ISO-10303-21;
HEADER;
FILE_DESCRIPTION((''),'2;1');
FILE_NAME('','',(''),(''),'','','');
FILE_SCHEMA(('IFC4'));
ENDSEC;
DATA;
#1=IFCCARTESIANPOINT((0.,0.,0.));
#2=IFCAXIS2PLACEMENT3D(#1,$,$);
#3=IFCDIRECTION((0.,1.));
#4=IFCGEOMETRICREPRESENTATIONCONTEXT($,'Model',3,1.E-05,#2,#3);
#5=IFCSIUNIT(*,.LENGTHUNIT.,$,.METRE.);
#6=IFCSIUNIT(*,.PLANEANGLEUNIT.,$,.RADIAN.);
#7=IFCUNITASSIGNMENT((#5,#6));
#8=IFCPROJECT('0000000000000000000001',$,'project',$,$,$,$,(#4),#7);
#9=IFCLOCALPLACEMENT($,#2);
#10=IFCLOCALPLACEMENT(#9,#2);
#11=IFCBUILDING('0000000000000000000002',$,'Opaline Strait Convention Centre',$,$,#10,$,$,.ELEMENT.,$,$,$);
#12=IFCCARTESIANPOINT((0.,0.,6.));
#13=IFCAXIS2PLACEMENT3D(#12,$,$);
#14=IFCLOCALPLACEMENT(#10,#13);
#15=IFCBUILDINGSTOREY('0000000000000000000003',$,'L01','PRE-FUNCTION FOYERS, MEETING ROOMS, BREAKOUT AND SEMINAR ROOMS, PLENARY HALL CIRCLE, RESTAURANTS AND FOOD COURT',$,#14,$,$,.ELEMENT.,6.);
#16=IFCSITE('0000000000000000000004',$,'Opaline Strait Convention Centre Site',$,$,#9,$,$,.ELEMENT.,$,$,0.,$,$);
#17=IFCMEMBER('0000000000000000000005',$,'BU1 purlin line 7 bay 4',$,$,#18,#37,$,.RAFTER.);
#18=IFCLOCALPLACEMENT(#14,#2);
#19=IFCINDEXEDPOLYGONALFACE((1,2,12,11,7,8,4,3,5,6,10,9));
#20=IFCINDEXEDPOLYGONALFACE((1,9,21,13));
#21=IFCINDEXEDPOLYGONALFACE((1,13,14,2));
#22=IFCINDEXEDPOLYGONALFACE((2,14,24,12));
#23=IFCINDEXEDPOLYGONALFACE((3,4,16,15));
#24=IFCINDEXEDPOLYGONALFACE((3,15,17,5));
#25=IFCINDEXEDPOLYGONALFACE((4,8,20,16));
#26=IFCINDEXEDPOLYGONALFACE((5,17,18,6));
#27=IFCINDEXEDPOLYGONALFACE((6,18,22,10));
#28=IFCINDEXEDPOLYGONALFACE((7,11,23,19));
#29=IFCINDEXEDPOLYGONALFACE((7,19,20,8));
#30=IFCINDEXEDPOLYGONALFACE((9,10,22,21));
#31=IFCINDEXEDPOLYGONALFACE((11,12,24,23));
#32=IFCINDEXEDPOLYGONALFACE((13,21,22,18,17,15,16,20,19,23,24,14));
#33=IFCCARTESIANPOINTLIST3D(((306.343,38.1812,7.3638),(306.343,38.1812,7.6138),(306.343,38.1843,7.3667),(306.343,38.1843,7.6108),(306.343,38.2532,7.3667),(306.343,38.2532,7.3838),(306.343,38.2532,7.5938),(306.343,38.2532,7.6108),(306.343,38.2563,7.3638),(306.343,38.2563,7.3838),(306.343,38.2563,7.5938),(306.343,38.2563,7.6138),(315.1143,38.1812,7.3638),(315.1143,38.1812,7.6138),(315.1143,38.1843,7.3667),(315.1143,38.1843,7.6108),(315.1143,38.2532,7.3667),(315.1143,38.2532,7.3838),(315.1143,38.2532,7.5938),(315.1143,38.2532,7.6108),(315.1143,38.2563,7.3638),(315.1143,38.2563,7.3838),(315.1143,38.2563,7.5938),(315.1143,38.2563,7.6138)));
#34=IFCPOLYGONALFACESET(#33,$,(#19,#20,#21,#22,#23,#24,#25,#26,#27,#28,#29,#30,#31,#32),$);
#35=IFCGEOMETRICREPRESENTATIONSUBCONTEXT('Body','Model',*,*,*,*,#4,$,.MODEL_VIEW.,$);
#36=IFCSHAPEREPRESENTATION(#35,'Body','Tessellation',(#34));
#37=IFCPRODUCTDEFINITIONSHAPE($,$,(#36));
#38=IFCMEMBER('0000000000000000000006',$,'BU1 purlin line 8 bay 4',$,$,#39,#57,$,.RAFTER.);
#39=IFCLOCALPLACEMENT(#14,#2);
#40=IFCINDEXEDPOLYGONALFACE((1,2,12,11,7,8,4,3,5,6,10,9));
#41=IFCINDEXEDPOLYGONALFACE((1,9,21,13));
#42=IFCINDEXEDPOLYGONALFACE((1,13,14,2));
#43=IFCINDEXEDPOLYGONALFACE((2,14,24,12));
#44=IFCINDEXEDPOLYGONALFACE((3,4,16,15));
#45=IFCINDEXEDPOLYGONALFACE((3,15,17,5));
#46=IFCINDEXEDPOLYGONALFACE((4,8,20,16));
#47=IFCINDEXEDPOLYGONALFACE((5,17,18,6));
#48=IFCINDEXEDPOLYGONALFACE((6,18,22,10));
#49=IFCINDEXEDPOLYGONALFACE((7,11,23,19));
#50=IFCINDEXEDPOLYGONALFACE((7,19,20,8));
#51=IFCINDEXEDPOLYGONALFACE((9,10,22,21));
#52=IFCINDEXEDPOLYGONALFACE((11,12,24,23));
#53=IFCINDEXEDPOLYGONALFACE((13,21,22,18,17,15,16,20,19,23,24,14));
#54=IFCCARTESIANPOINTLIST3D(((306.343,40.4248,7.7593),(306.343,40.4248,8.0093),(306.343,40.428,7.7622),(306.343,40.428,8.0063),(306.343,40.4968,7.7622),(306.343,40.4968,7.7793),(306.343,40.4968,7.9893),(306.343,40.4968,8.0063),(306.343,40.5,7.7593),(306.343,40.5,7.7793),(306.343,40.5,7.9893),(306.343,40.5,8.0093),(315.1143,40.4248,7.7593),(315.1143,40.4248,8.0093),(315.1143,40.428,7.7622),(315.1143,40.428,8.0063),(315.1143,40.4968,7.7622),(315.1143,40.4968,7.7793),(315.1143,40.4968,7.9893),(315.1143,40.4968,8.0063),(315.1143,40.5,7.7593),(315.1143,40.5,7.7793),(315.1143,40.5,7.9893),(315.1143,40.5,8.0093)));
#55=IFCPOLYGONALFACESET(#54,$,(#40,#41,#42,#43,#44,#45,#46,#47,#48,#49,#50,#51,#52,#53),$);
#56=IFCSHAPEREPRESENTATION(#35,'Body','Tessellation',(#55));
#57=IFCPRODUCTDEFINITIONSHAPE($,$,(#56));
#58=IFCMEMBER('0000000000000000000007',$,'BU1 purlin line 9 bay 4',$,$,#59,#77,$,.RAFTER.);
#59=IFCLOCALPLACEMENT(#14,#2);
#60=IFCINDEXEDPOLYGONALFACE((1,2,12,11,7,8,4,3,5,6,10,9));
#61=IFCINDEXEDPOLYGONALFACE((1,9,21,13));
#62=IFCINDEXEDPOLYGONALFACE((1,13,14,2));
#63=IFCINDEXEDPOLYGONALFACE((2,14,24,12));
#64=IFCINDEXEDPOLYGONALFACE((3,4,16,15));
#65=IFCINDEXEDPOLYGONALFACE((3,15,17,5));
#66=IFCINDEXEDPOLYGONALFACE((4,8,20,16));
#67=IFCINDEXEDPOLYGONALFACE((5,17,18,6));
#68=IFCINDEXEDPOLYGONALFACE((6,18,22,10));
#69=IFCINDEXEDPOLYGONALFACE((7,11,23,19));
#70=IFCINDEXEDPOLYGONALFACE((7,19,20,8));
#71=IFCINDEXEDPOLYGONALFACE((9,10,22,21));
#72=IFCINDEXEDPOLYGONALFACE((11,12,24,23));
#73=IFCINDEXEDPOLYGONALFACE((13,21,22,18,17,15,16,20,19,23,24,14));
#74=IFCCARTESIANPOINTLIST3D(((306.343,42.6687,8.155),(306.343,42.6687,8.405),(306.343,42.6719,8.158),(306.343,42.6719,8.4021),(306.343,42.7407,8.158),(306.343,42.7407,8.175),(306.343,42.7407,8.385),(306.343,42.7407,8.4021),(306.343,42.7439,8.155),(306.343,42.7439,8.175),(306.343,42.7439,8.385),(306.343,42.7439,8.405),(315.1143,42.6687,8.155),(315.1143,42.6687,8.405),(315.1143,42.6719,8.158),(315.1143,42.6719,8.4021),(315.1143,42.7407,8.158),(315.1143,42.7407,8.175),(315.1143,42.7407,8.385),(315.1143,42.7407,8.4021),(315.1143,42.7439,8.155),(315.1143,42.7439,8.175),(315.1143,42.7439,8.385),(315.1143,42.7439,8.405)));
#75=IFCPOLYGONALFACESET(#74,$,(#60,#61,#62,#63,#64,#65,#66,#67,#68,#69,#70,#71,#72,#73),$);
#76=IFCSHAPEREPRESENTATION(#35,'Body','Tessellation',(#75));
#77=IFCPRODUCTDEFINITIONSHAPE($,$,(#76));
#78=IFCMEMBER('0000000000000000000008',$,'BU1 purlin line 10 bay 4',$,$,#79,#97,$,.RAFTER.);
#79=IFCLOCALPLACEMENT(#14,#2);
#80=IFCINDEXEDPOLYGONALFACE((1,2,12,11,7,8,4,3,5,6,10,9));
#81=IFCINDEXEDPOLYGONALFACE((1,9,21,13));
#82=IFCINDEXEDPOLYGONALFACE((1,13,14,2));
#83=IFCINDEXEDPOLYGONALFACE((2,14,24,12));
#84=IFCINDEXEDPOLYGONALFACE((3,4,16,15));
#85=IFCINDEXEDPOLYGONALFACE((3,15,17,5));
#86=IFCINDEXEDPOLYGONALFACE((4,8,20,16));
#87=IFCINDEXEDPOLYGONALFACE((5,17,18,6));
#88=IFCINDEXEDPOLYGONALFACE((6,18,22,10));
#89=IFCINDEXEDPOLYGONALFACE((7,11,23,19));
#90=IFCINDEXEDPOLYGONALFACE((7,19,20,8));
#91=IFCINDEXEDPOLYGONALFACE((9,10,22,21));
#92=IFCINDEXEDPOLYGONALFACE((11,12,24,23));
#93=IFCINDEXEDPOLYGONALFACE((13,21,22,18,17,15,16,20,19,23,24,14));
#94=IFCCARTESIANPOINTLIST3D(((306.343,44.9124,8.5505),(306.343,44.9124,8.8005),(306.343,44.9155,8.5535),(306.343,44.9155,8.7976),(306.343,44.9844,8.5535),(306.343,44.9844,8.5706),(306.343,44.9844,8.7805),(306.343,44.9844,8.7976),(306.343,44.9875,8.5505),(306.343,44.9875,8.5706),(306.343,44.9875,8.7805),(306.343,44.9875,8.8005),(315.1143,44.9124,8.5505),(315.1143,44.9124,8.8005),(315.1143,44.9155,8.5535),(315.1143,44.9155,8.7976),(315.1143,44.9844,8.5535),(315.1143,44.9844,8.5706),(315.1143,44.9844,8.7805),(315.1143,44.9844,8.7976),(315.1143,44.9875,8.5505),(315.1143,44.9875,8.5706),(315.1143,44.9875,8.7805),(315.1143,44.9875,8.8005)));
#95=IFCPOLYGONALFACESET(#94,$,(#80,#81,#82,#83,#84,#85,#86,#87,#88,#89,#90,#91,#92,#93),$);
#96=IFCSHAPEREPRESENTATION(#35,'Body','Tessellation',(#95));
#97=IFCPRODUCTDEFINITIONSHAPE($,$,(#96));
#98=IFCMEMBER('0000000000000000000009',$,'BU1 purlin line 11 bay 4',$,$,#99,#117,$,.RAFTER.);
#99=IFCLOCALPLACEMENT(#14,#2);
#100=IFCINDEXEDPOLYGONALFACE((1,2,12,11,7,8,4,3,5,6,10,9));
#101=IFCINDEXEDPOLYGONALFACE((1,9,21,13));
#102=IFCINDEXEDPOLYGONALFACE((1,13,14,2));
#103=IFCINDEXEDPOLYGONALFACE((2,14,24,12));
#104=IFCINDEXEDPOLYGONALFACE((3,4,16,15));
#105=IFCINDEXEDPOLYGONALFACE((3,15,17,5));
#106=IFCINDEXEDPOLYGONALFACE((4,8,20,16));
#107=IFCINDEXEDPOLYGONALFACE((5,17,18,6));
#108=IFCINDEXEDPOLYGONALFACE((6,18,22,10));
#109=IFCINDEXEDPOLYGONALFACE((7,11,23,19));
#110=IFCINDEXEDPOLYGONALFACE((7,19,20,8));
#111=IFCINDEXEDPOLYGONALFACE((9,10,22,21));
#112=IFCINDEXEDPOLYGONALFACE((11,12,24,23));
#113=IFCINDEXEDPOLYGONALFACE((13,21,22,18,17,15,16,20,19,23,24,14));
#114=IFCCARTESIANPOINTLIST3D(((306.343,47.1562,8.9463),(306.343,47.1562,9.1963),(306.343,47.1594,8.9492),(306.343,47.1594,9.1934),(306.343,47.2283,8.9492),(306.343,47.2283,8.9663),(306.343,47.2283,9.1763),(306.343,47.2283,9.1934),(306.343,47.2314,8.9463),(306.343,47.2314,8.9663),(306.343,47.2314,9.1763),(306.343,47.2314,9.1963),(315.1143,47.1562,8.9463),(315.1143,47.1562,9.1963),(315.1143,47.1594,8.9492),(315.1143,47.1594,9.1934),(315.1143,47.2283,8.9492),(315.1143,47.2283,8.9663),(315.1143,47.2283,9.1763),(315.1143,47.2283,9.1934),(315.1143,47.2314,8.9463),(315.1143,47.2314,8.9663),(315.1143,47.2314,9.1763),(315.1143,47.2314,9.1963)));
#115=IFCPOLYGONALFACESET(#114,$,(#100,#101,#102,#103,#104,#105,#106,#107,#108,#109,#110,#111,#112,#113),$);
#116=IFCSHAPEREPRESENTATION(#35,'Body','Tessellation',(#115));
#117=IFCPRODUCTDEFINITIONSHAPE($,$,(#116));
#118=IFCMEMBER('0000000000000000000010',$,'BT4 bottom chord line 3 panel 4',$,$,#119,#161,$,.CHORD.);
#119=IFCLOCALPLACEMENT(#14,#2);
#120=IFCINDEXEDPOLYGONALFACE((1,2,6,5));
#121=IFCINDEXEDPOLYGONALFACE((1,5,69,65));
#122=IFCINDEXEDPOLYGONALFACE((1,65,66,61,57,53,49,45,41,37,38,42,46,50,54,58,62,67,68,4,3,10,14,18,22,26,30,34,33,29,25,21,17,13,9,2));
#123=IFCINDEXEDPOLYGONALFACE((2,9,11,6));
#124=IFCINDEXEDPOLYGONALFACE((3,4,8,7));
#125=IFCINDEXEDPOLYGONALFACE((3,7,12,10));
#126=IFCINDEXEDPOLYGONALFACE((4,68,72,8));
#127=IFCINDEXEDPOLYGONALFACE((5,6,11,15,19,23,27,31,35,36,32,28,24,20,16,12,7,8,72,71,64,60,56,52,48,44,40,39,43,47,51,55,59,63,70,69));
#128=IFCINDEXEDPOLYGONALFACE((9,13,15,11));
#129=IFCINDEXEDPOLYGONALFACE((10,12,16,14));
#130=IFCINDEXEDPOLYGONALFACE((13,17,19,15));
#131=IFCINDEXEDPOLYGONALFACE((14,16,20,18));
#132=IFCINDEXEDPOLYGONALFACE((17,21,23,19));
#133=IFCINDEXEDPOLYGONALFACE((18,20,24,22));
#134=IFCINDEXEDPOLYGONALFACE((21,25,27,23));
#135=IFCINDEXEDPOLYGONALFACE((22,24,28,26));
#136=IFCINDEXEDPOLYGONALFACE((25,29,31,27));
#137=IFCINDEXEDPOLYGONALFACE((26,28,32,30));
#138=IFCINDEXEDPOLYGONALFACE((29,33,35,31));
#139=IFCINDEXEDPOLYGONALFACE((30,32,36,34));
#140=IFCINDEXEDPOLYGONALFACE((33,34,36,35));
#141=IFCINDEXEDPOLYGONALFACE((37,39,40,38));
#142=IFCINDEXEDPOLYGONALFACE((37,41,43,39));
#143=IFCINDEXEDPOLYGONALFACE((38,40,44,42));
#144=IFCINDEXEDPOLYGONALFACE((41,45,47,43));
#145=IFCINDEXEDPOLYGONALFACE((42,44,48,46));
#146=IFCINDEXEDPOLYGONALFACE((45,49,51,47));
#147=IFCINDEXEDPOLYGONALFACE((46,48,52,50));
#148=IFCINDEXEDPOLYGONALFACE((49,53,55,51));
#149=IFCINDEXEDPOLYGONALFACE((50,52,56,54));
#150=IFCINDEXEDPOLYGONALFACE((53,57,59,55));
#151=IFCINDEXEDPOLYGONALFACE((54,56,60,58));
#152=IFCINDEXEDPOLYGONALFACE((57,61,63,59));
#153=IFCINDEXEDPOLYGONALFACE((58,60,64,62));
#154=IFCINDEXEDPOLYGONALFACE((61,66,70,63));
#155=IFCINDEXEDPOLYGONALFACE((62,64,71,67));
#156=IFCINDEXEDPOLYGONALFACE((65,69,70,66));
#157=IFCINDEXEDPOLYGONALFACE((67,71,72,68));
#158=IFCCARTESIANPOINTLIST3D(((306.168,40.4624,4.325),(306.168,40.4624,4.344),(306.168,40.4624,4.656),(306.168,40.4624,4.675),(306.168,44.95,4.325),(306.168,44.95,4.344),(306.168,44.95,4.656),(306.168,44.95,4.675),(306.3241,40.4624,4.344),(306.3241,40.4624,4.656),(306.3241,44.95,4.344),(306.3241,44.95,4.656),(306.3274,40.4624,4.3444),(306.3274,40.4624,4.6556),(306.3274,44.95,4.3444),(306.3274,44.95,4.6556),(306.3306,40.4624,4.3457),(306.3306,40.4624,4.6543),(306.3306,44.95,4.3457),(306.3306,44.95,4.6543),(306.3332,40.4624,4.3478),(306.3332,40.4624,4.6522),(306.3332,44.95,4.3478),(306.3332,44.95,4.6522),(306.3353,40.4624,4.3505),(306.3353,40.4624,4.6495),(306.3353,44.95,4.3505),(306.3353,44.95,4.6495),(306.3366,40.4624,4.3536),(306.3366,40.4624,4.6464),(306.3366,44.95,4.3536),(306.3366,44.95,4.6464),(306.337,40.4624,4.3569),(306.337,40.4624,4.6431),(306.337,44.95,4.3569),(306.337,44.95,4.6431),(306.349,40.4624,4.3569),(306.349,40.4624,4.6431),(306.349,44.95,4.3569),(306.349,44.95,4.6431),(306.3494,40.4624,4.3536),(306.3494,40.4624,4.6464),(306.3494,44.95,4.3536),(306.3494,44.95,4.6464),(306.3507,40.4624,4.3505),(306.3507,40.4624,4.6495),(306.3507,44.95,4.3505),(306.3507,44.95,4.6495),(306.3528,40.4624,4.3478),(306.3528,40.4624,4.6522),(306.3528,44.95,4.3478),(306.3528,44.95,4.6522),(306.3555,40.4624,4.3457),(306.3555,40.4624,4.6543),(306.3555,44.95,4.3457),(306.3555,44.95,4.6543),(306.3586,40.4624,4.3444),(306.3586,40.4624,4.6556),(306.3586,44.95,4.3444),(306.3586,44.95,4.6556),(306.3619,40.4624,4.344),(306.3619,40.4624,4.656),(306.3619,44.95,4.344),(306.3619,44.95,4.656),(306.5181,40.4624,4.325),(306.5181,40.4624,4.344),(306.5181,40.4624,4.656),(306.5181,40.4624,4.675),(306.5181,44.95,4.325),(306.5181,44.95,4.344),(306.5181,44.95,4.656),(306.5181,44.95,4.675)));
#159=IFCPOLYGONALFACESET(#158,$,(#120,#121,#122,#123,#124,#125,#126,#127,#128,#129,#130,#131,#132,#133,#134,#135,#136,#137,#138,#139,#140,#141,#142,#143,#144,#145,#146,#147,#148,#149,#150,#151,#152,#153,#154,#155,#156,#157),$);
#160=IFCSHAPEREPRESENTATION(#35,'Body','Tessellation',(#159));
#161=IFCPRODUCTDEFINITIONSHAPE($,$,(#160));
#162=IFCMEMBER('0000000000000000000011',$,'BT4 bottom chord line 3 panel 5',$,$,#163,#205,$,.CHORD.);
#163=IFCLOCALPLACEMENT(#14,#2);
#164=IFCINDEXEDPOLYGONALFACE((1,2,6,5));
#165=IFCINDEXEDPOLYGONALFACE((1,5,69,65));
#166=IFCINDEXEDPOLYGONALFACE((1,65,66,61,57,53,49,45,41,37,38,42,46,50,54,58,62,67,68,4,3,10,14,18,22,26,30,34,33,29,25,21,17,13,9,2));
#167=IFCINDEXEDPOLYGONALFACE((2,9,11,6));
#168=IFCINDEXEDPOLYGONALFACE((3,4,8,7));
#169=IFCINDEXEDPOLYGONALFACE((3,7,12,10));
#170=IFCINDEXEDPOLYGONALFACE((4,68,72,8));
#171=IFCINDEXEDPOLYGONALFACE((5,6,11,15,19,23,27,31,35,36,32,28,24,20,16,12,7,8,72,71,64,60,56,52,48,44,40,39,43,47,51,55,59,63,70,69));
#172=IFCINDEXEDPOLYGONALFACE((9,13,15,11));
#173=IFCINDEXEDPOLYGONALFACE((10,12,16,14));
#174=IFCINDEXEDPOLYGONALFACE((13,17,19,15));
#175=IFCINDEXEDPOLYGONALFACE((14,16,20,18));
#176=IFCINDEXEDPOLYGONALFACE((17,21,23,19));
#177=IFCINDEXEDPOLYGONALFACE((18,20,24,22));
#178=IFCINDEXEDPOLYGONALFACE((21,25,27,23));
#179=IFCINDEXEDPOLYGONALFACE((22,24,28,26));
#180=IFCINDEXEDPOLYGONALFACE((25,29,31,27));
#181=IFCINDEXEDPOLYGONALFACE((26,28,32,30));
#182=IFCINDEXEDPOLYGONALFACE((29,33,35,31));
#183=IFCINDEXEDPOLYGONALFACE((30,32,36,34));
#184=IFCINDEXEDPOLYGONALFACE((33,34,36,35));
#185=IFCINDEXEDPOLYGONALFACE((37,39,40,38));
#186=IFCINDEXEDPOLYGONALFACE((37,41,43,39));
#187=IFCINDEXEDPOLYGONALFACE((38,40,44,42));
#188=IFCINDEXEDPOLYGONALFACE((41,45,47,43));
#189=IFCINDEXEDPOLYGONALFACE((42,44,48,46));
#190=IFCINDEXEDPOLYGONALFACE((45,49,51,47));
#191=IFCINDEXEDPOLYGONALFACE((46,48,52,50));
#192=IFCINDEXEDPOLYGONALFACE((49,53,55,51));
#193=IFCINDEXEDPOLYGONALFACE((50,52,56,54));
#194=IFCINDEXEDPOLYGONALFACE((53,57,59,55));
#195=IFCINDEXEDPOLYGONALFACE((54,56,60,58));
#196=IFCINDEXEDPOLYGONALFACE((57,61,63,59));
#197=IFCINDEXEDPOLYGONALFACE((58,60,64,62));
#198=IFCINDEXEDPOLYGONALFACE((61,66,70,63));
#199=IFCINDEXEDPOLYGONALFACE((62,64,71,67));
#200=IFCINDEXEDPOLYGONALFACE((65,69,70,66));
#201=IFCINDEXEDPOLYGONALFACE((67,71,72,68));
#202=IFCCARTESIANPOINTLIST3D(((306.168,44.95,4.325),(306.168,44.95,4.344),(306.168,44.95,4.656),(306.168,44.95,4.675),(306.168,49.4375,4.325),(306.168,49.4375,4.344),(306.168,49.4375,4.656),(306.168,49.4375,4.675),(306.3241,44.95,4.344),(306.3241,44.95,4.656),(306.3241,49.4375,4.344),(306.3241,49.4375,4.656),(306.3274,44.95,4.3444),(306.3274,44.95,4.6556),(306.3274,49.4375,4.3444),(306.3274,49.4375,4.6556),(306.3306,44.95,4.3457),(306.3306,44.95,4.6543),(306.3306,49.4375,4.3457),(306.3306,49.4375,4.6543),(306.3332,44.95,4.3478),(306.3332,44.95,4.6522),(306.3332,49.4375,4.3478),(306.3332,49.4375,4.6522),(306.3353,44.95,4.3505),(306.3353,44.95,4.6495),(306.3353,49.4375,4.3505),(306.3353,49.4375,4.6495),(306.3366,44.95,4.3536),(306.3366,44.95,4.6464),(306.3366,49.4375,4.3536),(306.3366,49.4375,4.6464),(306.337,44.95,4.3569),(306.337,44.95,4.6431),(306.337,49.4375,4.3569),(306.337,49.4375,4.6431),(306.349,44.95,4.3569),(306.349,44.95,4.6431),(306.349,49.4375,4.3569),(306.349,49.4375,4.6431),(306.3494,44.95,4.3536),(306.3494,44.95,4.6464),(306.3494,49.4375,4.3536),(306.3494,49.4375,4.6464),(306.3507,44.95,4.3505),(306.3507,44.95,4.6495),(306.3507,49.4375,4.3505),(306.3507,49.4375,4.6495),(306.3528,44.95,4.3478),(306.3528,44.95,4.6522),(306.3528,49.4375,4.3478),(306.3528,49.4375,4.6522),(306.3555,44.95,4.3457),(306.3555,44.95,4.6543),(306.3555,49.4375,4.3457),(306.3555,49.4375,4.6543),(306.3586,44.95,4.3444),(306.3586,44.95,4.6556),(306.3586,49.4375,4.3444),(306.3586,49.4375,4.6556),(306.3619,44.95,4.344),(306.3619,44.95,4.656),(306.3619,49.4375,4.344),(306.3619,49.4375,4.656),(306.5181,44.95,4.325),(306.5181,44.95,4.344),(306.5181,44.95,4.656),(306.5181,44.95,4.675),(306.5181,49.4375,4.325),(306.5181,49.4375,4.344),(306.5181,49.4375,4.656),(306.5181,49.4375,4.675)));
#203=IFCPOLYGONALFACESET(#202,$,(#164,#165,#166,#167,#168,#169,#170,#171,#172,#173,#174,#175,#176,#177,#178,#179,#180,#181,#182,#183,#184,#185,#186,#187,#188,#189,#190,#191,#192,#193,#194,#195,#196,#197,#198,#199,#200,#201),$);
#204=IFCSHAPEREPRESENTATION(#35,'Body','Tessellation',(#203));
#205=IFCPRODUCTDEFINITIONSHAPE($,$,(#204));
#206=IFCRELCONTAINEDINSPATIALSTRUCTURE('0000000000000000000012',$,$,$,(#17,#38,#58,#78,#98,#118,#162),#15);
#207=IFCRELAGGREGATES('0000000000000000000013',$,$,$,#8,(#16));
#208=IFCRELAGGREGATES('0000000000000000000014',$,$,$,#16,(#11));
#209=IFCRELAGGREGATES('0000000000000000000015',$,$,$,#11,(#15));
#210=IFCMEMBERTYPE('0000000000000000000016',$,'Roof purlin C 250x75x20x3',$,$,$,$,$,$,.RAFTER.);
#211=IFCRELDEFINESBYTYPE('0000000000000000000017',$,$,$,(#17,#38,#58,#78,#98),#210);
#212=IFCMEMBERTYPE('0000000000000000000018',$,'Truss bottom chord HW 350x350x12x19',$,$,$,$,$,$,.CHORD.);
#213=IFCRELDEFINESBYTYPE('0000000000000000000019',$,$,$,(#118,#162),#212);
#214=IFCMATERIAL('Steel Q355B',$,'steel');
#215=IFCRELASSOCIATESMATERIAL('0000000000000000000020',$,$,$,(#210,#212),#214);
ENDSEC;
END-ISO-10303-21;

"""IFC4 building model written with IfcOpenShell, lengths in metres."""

from ifc_helpers import new_model, si_unit, direction, frame, origin, origin_2d, place, context, subcontext, project, spatial, polyline, i_section, outline, extrude, material, material_profile, profile_set, type_object, element, save


model = new_model("IFC4")

# Units and contexts
model_context = context("Model", 3, precision=1e-05, world=origin(), true_north=direction((0.0, 1.0)))
body_context = subcontext(model_context, "Body", "Model", "MODEL_VIEW")
ifc_project = project(units=[si_unit("LENGTHUNIT", "METRE"), si_unit("PLANEANGLEUNIT", "RADIAN")], contexts=[model_context])

# Site, building, storey
site_placement = place(None, origin())
site = spatial("IfcSite", under=ifc_project, at=site_placement, Name="Opaline Strait Convention Centre Site", CompositionType="ELEMENT", RefElevation=0.0)
building_placement = place(site_placement, origin())
building = spatial("IfcBuilding", under=site, at=building_placement, Name="Opaline Strait Convention Centre", CompositionType="ELEMENT")
storey_placement = place(building_placement, frame((0.0, 0.0, 6.0)))
storey = spatial("IfcBuildingStorey", under=building, at=storey_placement, Name="L01", Description="PRE-FUNCTION FOYERS, MEETING ROOMS, BREAKOUT AND SEMINAR ROOMS, PLENARY HALL CIRCLE, RESTAURANTS AND FOOD COURT", CompositionType="ELEMENT", Elevation=6.0)

# Members
ifc_material_1 = material(Name="Steel Q355B", Category="steel")
ifc_material_profile_1 = material_profile(ifc_material_1, outline(polyline([(-0.0376, -0.125), (0.0376, -0.125), (0.0376, -0.105), (0.0344, -0.105), (0.0344, -0.1221), (-0.0344, -0.1221), (-0.0344, 0.1221), (0.0344, 0.1221), (0.0344, 0.105), (0.0376, 0.105), (0.0376, 0.125), (-0.0376, 0.125), (-0.0376, -0.125)])), Name="C 250x75x20x3")
ifc_profile_set_1 = profile_set([ifc_material_profile_1], Name="Steel Q355B")
member_type_1 = type_object("IfcMemberType", Name="Roof purlin C 250x75x20x3", PredefinedType="RAFTER", material=ifc_profile_set_1)
for number, where, z_axis, x_axis, name in (
    (1, (306.343, 38.2188, 7.4888), (1.0, 0.0, 0.0), (0.0, 1.0, 0.0), "BU1 purlin line 7 bay 4"),
    (2, (306.343, 40.4624, 7.8843), (1.0, 0.0, 0.0), (0.0, 1.0, 0.0), "BU1 purlin line 8 bay 4"),
    (3, (306.343, 42.7063, 8.28), (1.0, 0.0, 0.0), (0.0, 1.0, 0.0), "BU1 purlin line 9 bay 4"),
    (4, (306.343, 44.95, 8.6755), (1.0, 0.0, 0.0), (0.0, 1.0, 0.0), "BU1 purlin line 10 bay 4"),
    (5, (306.343, 47.1938, 9.0713), (1.0, 0.0, 0.0), (0.0, 1.0, 0.0), "BU1 purlin line 11 bay 4"),
):
    element("IfcMember", number, at=place(storey_placement, frame(where, z_axis=z_axis, x_axis=x_axis)), inside=storey, type_object=member_type_1, Name=name, PredefinedType="RAFTER", context=body_context, shape_type="SweptSolid", body=[
        extrude(outline(polyline([(-0.0376, -0.125), (0.0376, -0.125), (0.0376, -0.105), (0.0344, -0.105), (0.0344, -0.1221), (-0.0344, -0.1221), (-0.0344, 0.1221), (0.0344, 0.1221), (0.0344, 0.105), (0.0376, 0.105), (0.0376, 0.125), (-0.0376, 0.125), (-0.0376, -0.125)])), origin(), (0.0, 0.0, 1.0), 8.7712),
    ])
ifc_material_profile_2 = material_profile(ifc_material_1, i_section(OverallWidth=0.3501, OverallDepth=0.3501, WebThickness=0.012, FlangeThickness=0.019, FilletRadius=0.0129, at=origin_2d()), Name="HW 350x350x12x19")
ifc_profile_set_2 = profile_set([ifc_material_profile_2], Name="Steel Q355B")
member_type_2 = type_object("IfcMemberType", Name="Truss bottom chord HW 350x350x12x19", PredefinedType="CHORD", material=ifc_profile_set_2)
for number, where, z_axis, x_axis, name in (
    (6, (306.343, 40.4624, 4.5), (0.0, 1.0, 0.0), (-1.0, 0.0, 0.0), "BT4 bottom chord line 3 panel 4"),
    (7, (306.343, 44.95, 4.5), (0.0, 1.0, 0.0), (-1.0, 0.0, 0.0), "BT4 bottom chord line 3 panel 5"),
):
    element("IfcMember", number, at=place(storey_placement, frame(where, z_axis=z_axis, x_axis=x_axis)), inside=storey, type_object=member_type_2, Name=name, PredefinedType="CHORD", context=body_context, shape_type="SweptSolid", body=[
        extrude(i_section(OverallWidth=0.3501, OverallDepth=0.3501, WebThickness=0.012, FlangeThickness=0.019, FilletRadius=0.0129, at=origin_2d()), origin(), (0.0, 0.0, 1.0), 4.4875),
    ])

save(model, "model.ifc")
